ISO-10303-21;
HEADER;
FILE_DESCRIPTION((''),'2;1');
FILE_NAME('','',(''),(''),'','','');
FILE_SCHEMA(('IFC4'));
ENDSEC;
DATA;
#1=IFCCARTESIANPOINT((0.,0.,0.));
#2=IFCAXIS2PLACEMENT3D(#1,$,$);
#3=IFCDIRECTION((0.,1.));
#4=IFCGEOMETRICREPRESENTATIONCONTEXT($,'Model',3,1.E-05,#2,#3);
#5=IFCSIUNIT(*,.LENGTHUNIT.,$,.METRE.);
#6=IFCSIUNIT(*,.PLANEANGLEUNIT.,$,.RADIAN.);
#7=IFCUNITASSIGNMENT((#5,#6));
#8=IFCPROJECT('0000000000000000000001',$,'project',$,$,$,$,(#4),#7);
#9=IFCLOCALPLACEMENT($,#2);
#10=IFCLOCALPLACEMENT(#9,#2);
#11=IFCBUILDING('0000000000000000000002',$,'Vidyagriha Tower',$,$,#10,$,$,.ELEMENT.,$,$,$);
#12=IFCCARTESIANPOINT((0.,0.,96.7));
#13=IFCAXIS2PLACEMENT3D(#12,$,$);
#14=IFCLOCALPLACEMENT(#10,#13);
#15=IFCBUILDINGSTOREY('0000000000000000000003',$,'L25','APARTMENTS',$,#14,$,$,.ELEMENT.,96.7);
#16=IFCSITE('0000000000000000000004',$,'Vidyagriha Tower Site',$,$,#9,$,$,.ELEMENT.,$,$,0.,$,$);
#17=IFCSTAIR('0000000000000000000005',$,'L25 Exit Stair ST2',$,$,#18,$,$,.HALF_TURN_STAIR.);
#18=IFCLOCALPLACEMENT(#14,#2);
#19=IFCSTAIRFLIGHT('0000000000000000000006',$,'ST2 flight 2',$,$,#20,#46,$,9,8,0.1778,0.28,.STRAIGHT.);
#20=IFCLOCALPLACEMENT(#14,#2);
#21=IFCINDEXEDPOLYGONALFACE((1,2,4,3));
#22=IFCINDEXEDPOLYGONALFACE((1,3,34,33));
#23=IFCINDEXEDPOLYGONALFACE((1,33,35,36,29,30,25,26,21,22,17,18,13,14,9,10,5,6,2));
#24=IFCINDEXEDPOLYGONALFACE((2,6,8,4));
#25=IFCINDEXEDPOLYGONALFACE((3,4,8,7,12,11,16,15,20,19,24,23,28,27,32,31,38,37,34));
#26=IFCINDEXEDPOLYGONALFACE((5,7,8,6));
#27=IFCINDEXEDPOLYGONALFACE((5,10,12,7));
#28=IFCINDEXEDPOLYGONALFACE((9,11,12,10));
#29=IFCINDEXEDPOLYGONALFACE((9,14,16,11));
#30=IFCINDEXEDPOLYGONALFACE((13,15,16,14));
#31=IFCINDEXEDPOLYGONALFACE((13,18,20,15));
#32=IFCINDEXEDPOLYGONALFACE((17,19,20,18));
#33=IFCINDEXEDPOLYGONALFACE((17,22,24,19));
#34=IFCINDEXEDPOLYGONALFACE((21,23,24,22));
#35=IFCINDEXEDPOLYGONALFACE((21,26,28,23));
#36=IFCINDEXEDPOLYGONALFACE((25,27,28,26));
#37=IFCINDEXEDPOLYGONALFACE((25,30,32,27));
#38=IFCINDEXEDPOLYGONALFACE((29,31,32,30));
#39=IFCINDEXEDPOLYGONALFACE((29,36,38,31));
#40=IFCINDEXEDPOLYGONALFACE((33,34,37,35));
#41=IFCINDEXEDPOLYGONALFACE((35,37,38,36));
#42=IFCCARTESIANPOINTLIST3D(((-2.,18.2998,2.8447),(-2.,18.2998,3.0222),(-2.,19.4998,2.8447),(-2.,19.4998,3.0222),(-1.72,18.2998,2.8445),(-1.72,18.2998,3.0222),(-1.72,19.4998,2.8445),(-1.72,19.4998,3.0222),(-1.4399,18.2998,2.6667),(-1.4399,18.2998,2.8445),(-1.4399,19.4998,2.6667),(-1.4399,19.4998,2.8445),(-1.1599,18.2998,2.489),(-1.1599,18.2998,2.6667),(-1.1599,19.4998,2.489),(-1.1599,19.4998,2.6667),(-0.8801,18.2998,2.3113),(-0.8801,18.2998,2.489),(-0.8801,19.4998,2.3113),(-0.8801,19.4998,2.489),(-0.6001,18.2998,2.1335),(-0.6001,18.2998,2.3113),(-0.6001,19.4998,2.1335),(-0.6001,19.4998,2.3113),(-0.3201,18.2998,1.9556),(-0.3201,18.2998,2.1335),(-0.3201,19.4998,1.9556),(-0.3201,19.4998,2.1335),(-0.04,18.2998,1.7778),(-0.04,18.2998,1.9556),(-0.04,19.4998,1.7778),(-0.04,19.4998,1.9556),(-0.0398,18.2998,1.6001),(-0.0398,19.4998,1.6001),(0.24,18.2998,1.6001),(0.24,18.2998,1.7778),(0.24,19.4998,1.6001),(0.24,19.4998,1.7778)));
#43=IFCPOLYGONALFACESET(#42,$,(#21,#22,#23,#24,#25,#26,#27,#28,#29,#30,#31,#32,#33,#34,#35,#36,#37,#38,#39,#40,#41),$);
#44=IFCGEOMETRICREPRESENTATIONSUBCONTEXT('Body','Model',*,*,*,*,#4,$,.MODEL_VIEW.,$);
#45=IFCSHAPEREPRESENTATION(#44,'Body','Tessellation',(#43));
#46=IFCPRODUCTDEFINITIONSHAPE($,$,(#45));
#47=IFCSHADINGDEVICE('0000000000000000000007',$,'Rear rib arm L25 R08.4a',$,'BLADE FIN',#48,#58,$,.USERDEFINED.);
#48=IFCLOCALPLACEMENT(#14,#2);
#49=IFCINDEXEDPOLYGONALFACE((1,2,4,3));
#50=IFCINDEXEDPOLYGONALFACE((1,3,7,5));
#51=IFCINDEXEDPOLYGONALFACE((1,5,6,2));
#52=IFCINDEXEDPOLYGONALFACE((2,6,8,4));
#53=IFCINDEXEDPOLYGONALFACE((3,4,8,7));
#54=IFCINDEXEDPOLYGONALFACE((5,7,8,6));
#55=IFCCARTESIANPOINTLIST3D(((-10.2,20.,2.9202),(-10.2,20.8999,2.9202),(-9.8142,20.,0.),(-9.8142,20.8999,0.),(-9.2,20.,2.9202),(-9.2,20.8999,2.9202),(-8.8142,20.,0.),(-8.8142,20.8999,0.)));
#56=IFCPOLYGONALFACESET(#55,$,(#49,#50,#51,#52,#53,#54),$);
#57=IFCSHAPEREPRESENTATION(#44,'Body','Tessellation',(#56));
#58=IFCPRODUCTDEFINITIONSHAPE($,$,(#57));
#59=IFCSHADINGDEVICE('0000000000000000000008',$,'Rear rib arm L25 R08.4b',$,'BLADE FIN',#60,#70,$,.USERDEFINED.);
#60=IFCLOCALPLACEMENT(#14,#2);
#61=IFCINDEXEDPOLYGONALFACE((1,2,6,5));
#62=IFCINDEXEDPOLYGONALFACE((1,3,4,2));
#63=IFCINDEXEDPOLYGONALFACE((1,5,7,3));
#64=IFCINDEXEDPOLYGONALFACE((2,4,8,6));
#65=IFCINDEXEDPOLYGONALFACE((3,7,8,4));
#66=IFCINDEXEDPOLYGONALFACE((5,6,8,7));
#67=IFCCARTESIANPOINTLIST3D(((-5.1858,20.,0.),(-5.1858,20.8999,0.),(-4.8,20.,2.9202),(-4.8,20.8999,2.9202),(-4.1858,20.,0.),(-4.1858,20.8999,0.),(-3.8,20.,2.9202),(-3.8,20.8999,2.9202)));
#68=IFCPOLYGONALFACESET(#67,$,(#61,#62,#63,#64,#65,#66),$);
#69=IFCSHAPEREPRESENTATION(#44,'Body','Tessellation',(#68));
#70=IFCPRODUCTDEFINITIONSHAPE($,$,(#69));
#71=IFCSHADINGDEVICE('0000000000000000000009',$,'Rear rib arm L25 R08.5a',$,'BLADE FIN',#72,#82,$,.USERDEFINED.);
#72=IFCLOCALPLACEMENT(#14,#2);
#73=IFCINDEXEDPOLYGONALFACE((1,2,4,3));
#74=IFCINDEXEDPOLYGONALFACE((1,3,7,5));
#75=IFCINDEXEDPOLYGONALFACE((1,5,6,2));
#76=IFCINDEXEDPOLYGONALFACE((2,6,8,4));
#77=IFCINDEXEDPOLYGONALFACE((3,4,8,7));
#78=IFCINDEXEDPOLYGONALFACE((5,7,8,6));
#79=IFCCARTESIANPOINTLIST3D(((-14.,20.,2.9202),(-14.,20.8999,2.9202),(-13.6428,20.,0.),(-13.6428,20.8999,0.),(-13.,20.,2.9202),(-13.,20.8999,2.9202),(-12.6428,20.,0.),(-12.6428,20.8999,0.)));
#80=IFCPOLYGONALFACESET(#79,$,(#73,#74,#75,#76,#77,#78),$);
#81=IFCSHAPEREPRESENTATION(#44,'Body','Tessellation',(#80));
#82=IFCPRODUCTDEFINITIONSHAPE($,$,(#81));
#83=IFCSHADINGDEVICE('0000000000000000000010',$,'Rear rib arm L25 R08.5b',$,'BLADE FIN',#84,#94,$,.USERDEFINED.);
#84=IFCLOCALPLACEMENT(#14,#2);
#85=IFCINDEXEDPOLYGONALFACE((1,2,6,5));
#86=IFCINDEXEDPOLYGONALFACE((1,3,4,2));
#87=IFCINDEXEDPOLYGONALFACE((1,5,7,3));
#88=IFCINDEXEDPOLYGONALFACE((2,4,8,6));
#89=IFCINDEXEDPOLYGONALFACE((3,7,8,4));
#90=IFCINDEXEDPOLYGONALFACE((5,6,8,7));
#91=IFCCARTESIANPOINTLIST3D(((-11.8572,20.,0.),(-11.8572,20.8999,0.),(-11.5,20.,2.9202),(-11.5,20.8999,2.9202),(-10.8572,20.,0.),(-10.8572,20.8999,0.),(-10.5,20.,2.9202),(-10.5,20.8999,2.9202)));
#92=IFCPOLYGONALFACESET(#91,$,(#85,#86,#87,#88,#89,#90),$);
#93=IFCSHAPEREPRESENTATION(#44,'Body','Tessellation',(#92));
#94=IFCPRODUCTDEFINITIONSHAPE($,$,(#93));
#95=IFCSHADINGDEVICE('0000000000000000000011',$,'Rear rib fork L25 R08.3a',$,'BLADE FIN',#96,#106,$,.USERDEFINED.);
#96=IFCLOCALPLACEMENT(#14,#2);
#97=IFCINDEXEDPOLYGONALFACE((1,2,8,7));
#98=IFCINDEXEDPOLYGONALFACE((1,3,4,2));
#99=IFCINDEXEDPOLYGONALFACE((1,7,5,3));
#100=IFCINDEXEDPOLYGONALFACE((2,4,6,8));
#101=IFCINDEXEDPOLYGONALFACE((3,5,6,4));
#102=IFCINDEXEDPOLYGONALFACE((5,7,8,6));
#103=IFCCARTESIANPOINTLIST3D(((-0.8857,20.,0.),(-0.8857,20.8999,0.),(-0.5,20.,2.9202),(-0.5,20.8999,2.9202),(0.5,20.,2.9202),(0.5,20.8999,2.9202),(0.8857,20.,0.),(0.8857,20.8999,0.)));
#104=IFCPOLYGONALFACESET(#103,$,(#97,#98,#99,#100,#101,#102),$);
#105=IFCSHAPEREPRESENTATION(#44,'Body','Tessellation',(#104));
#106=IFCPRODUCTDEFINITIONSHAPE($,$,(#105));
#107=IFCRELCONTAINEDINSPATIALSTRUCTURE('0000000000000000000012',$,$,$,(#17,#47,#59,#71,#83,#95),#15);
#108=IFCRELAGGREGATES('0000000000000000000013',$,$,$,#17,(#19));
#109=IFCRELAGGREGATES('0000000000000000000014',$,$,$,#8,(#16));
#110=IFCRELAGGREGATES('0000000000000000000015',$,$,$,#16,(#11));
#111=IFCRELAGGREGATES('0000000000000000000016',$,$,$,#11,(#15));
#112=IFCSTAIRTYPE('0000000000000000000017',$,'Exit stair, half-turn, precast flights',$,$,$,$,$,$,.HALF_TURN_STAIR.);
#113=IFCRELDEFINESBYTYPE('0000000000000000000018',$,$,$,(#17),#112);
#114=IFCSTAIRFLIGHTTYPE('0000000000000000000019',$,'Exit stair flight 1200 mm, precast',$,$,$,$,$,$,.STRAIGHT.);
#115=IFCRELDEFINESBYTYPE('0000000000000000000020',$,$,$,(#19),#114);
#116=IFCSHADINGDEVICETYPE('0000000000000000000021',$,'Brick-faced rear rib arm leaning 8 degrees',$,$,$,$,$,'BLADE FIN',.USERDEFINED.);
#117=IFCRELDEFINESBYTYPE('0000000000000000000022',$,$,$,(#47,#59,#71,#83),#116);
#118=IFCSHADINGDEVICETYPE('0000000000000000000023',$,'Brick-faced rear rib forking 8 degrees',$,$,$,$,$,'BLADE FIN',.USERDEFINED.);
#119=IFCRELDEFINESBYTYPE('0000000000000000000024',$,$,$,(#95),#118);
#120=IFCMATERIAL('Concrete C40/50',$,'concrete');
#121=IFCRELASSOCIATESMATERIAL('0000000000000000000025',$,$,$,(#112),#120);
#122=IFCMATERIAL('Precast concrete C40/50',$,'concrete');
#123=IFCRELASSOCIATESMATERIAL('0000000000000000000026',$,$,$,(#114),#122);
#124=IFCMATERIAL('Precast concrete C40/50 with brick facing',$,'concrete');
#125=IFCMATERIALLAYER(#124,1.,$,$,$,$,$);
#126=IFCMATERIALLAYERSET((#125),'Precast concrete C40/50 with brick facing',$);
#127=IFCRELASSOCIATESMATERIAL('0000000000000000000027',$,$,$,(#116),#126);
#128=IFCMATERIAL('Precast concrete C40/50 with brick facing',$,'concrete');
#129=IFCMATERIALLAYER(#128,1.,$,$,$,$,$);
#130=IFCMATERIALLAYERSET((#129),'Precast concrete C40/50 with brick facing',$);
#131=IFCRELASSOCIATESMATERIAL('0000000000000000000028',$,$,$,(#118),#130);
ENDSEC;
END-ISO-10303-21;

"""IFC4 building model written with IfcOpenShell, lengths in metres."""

from ifc_helpers import new_model, si_unit, direction, frame, origin, place, context, subcontext, project, spatial, polyline, outline, extrude, material, layer, layer_set, type_object, element, aggregate, save


model = new_model("IFC4")

# Units and contexts
model_context = context("Model", 3, precision=1e-05, world=origin(), true_north=direction((0.0, 1.0)))
body_context = subcontext(model_context, "Body", "Model", "MODEL_VIEW")
ifc_project = project(units=[si_unit("LENGTHUNIT", "METRE"), si_unit("PLANEANGLEUNIT", "RADIAN")], contexts=[model_context])

# Site, building, storey
site_placement = place(None, origin())
site = spatial("IfcSite", under=ifc_project, at=site_placement, Name="Vidyagriha Tower Site", CompositionType="ELEMENT", RefElevation=0.0)
building_placement = place(site_placement, origin())
building = spatial("IfcBuilding", under=site, at=building_placement, Name="Vidyagriha Tower", CompositionType="ELEMENT")
storey_placement = place(building_placement, frame((0.0, 0.0, 96.7)))
storey = spatial("IfcBuildingStorey", under=building, at=storey_placement, Name="L25", Description="APARTMENTS", CompositionType="ELEMENT", Elevation=96.7)

# Stair, stair flight
ifc_material_1 = material(Name="Concrete C40/50", Category="concrete")
stair_type = type_object("IfcStairType", Name="Exit stair, half-turn, precast flights", PredefinedType="HALF_TURN_STAIR", material=ifc_material_1)
ifc_material_2 = material(Name="Precast concrete C40/50", Category="concrete")
stair_flight_type = type_object("IfcStairFlightType", Name="Exit stair flight 1200 mm, precast", PredefinedType="STRAIGHT", material=ifc_material_2)
stair_1_placement = place(storey_placement, origin())
stair_1 = element("IfcStair", 1, at=stair_1_placement, inside=storey, type_object=stair_type, Name="L25 Exit Stair ST2", PredefinedType="HALF_TURN_STAIR")
stair_flight_1_placement = place(storey_placement, frame((0.24, 18.8999, 1.6001), z_axis=(0.0, 0.0, 1.0), x_axis=(-1.0, 0.0, 0.0)))
stair_flight_1 = element("IfcStairFlight", 2, at=stair_flight_1_placement, type_object=stair_flight_type, Name="ST2 flight 2", NumberOfRisers=9, NumberOfTreads=8, PredefinedType="STRAIGHT", RiserHeight=0.1778, TreadLength=0.28, context=body_context, shape_type="SweptSolid", body=[
    extrude(outline(polyline([(0.0, 0.0), (0.0, 0.1777), (0.28, 0.1777), (0.28, 0.3555), (0.5601, 0.3555), (0.5601, 0.5334), (0.8401, 0.5334), (0.8401, 0.7112), (1.1201, 0.7112), (1.1201, 0.8889), (1.3999, 0.8889), (1.3999, 1.0667), (1.6799, 1.0667), (1.6799, 1.2444), (1.96, 1.2444), (1.96, 1.4221), (2.24, 1.4221), (2.24, 1.6001), (2.24, 1.2446), (0.2798, 0.0), (0.0, 0.0)])), frame((0.0, 0.6001, 0.0), z_axis=(0.0, -1.0, 0.0), x_axis=(1.0, 0.0, 0.0)), (0.0, 0.0, 1.0), 1.2),
])
aggregate(stair_1, [stair_flight_1])

# Shading devices
ifc_material_3 = material(Name="Precast concrete C40/50 with brick facing", Category="concrete")
ifc_layer_1 = layer(ifc_material_3, 1.0)
ifc_layer_set_1 = layer_set([ifc_layer_1], Name="Precast concrete C40/50 with brick facing")
shading_device_type_1 = type_object("IfcShadingDeviceType", Name="Brick-faced rear rib arm leaning 8 degrees", ElementType="BLADE FIN", PredefinedType="USERDEFINED", material=ifc_layer_set_1)
shading_device_1_placement = place(storey_placement, frame((-8.8142, 20.45, 0.0), z_axis=(0.0, 0.0, 1.0), x_axis=(-1.0, 0.0, 0.0)))
element("IfcShadingDevice", 3, at=shading_device_1_placement, inside=storey, type_object=shading_device_type_1, Name="Rear rib arm L25 R08.4a", ObjectType="BLADE FIN", PredefinedType="USERDEFINED", context=body_context, shape_type="SweptSolid", body=[
    extrude(outline(polyline([(0.0, 0.0), (1.0, 0.0), (1.3857, 2.9202), (0.3857, 2.9202), (0.0, 0.0)])), frame((0.0, 0.45, 0.0), z_axis=(0.0, -1.0, 0.0), x_axis=(1.0, 0.0, 0.0)), (0.0, 0.0, 1.0), 0.8999),
])
shading_device_2_placement = place(storey_placement, frame((-3.8, 20.45, 0.0), z_axis=(0.0, 0.0, 1.0), x_axis=(-1.0, 0.0, 0.0)))
element("IfcShadingDevice", 4, at=shading_device_2_placement, inside=storey, type_object=shading_device_type_1, Name="Rear rib arm L25 R08.4b", ObjectType="BLADE FIN", PredefinedType="USERDEFINED", context=body_context, shape_type="SweptSolid", body=[
    extrude(outline(polyline([(0.3857, 0.0), (1.3857, 0.0), (1.0, 2.9202), (0.0, 2.9202), (0.3857, 0.0)])), frame((0.0, 0.45, 0.0), z_axis=(0.0, -1.0, 0.0), x_axis=(1.0, 0.0, 0.0)), (0.0, 0.0, 1.0), 0.8999),
])
shading_device_3_placement = place(storey_placement, frame((-12.6428, 20.45, 0.0), z_axis=(0.0, 0.0, 1.0), x_axis=(-1.0, 0.0, 0.0)))
element("IfcShadingDevice", 5, at=shading_device_3_placement, inside=storey, type_object=shading_device_type_1, Name="Rear rib arm L25 R08.5a", ObjectType="BLADE FIN", PredefinedType="USERDEFINED", context=body_context, shape_type="SweptSolid", body=[
    extrude(outline(polyline([(0.0, 0.0), (1.0, 0.0), (1.3572, 2.9202), (0.3572, 2.9202), (0.0, 0.0)])), frame((0.0, 0.45, 0.0), z_axis=(0.0, -1.0, 0.0), x_axis=(1.0, 0.0, 0.0)), (0.0, 0.0, 1.0), 0.8999),
])
shading_device_4_placement = place(storey_placement, frame((-10.5, 20.45, 0.0), z_axis=(0.0, 0.0, 1.0), x_axis=(-1.0, 0.0, 0.0)))
element("IfcShadingDevice", 6, at=shading_device_4_placement, inside=storey, type_object=shading_device_type_1, Name="Rear rib arm L25 R08.5b", ObjectType="BLADE FIN", PredefinedType="USERDEFINED", context=body_context, shape_type="SweptSolid", body=[
    extrude(outline(polyline([(0.3572, 0.0), (1.3572, 0.0), (1.0, 2.9202), (0.0, 2.9202), (0.3572, 0.0)])), frame((0.0, 0.45, 0.0), z_axis=(0.0, -1.0, 0.0), x_axis=(1.0, 0.0, 0.0)), (0.0, 0.0, 1.0), 0.8999),
])
ifc_material_4 = material(Name="Precast concrete C40/50 with brick facing", Category="concrete")
ifc_layer_2 = layer(ifc_material_4, 1.0)
ifc_layer_set_2 = layer_set([ifc_layer_2], Name="Precast concrete C40/50 with brick facing")
shading_device_type_2 = type_object("IfcShadingDeviceType", Name="Brick-faced rear rib forking 8 degrees", ElementType="BLADE FIN", PredefinedType="USERDEFINED", material=ifc_layer_set_2)
shading_device_5_placement = place(storey_placement, frame((0.8857, 20.45, 0.0), z_axis=(0.0, 0.0, 1.0), x_axis=(-1.0, 0.0, 0.0)))
element("IfcShadingDevice", 7, at=shading_device_5_placement, inside=storey, type_object=shading_device_type_2, Name="Rear rib fork L25 R08.3a", ObjectType="BLADE FIN", PredefinedType="USERDEFINED", context=body_context, shape_type="SweptSolid", body=[
    extrude(outline(polyline([(0.0, 0.0), (1.7715, 0.0), (1.3857, 2.9202), (0.3857, 2.9202), (0.0, 0.0)])), frame((0.0, 0.45, 0.0), z_axis=(0.0, -1.0, 0.0), x_axis=(1.0, 0.0, 0.0)), (0.0, 0.0, 1.0), 0.8999),
])

save(model, "model.ifc")
